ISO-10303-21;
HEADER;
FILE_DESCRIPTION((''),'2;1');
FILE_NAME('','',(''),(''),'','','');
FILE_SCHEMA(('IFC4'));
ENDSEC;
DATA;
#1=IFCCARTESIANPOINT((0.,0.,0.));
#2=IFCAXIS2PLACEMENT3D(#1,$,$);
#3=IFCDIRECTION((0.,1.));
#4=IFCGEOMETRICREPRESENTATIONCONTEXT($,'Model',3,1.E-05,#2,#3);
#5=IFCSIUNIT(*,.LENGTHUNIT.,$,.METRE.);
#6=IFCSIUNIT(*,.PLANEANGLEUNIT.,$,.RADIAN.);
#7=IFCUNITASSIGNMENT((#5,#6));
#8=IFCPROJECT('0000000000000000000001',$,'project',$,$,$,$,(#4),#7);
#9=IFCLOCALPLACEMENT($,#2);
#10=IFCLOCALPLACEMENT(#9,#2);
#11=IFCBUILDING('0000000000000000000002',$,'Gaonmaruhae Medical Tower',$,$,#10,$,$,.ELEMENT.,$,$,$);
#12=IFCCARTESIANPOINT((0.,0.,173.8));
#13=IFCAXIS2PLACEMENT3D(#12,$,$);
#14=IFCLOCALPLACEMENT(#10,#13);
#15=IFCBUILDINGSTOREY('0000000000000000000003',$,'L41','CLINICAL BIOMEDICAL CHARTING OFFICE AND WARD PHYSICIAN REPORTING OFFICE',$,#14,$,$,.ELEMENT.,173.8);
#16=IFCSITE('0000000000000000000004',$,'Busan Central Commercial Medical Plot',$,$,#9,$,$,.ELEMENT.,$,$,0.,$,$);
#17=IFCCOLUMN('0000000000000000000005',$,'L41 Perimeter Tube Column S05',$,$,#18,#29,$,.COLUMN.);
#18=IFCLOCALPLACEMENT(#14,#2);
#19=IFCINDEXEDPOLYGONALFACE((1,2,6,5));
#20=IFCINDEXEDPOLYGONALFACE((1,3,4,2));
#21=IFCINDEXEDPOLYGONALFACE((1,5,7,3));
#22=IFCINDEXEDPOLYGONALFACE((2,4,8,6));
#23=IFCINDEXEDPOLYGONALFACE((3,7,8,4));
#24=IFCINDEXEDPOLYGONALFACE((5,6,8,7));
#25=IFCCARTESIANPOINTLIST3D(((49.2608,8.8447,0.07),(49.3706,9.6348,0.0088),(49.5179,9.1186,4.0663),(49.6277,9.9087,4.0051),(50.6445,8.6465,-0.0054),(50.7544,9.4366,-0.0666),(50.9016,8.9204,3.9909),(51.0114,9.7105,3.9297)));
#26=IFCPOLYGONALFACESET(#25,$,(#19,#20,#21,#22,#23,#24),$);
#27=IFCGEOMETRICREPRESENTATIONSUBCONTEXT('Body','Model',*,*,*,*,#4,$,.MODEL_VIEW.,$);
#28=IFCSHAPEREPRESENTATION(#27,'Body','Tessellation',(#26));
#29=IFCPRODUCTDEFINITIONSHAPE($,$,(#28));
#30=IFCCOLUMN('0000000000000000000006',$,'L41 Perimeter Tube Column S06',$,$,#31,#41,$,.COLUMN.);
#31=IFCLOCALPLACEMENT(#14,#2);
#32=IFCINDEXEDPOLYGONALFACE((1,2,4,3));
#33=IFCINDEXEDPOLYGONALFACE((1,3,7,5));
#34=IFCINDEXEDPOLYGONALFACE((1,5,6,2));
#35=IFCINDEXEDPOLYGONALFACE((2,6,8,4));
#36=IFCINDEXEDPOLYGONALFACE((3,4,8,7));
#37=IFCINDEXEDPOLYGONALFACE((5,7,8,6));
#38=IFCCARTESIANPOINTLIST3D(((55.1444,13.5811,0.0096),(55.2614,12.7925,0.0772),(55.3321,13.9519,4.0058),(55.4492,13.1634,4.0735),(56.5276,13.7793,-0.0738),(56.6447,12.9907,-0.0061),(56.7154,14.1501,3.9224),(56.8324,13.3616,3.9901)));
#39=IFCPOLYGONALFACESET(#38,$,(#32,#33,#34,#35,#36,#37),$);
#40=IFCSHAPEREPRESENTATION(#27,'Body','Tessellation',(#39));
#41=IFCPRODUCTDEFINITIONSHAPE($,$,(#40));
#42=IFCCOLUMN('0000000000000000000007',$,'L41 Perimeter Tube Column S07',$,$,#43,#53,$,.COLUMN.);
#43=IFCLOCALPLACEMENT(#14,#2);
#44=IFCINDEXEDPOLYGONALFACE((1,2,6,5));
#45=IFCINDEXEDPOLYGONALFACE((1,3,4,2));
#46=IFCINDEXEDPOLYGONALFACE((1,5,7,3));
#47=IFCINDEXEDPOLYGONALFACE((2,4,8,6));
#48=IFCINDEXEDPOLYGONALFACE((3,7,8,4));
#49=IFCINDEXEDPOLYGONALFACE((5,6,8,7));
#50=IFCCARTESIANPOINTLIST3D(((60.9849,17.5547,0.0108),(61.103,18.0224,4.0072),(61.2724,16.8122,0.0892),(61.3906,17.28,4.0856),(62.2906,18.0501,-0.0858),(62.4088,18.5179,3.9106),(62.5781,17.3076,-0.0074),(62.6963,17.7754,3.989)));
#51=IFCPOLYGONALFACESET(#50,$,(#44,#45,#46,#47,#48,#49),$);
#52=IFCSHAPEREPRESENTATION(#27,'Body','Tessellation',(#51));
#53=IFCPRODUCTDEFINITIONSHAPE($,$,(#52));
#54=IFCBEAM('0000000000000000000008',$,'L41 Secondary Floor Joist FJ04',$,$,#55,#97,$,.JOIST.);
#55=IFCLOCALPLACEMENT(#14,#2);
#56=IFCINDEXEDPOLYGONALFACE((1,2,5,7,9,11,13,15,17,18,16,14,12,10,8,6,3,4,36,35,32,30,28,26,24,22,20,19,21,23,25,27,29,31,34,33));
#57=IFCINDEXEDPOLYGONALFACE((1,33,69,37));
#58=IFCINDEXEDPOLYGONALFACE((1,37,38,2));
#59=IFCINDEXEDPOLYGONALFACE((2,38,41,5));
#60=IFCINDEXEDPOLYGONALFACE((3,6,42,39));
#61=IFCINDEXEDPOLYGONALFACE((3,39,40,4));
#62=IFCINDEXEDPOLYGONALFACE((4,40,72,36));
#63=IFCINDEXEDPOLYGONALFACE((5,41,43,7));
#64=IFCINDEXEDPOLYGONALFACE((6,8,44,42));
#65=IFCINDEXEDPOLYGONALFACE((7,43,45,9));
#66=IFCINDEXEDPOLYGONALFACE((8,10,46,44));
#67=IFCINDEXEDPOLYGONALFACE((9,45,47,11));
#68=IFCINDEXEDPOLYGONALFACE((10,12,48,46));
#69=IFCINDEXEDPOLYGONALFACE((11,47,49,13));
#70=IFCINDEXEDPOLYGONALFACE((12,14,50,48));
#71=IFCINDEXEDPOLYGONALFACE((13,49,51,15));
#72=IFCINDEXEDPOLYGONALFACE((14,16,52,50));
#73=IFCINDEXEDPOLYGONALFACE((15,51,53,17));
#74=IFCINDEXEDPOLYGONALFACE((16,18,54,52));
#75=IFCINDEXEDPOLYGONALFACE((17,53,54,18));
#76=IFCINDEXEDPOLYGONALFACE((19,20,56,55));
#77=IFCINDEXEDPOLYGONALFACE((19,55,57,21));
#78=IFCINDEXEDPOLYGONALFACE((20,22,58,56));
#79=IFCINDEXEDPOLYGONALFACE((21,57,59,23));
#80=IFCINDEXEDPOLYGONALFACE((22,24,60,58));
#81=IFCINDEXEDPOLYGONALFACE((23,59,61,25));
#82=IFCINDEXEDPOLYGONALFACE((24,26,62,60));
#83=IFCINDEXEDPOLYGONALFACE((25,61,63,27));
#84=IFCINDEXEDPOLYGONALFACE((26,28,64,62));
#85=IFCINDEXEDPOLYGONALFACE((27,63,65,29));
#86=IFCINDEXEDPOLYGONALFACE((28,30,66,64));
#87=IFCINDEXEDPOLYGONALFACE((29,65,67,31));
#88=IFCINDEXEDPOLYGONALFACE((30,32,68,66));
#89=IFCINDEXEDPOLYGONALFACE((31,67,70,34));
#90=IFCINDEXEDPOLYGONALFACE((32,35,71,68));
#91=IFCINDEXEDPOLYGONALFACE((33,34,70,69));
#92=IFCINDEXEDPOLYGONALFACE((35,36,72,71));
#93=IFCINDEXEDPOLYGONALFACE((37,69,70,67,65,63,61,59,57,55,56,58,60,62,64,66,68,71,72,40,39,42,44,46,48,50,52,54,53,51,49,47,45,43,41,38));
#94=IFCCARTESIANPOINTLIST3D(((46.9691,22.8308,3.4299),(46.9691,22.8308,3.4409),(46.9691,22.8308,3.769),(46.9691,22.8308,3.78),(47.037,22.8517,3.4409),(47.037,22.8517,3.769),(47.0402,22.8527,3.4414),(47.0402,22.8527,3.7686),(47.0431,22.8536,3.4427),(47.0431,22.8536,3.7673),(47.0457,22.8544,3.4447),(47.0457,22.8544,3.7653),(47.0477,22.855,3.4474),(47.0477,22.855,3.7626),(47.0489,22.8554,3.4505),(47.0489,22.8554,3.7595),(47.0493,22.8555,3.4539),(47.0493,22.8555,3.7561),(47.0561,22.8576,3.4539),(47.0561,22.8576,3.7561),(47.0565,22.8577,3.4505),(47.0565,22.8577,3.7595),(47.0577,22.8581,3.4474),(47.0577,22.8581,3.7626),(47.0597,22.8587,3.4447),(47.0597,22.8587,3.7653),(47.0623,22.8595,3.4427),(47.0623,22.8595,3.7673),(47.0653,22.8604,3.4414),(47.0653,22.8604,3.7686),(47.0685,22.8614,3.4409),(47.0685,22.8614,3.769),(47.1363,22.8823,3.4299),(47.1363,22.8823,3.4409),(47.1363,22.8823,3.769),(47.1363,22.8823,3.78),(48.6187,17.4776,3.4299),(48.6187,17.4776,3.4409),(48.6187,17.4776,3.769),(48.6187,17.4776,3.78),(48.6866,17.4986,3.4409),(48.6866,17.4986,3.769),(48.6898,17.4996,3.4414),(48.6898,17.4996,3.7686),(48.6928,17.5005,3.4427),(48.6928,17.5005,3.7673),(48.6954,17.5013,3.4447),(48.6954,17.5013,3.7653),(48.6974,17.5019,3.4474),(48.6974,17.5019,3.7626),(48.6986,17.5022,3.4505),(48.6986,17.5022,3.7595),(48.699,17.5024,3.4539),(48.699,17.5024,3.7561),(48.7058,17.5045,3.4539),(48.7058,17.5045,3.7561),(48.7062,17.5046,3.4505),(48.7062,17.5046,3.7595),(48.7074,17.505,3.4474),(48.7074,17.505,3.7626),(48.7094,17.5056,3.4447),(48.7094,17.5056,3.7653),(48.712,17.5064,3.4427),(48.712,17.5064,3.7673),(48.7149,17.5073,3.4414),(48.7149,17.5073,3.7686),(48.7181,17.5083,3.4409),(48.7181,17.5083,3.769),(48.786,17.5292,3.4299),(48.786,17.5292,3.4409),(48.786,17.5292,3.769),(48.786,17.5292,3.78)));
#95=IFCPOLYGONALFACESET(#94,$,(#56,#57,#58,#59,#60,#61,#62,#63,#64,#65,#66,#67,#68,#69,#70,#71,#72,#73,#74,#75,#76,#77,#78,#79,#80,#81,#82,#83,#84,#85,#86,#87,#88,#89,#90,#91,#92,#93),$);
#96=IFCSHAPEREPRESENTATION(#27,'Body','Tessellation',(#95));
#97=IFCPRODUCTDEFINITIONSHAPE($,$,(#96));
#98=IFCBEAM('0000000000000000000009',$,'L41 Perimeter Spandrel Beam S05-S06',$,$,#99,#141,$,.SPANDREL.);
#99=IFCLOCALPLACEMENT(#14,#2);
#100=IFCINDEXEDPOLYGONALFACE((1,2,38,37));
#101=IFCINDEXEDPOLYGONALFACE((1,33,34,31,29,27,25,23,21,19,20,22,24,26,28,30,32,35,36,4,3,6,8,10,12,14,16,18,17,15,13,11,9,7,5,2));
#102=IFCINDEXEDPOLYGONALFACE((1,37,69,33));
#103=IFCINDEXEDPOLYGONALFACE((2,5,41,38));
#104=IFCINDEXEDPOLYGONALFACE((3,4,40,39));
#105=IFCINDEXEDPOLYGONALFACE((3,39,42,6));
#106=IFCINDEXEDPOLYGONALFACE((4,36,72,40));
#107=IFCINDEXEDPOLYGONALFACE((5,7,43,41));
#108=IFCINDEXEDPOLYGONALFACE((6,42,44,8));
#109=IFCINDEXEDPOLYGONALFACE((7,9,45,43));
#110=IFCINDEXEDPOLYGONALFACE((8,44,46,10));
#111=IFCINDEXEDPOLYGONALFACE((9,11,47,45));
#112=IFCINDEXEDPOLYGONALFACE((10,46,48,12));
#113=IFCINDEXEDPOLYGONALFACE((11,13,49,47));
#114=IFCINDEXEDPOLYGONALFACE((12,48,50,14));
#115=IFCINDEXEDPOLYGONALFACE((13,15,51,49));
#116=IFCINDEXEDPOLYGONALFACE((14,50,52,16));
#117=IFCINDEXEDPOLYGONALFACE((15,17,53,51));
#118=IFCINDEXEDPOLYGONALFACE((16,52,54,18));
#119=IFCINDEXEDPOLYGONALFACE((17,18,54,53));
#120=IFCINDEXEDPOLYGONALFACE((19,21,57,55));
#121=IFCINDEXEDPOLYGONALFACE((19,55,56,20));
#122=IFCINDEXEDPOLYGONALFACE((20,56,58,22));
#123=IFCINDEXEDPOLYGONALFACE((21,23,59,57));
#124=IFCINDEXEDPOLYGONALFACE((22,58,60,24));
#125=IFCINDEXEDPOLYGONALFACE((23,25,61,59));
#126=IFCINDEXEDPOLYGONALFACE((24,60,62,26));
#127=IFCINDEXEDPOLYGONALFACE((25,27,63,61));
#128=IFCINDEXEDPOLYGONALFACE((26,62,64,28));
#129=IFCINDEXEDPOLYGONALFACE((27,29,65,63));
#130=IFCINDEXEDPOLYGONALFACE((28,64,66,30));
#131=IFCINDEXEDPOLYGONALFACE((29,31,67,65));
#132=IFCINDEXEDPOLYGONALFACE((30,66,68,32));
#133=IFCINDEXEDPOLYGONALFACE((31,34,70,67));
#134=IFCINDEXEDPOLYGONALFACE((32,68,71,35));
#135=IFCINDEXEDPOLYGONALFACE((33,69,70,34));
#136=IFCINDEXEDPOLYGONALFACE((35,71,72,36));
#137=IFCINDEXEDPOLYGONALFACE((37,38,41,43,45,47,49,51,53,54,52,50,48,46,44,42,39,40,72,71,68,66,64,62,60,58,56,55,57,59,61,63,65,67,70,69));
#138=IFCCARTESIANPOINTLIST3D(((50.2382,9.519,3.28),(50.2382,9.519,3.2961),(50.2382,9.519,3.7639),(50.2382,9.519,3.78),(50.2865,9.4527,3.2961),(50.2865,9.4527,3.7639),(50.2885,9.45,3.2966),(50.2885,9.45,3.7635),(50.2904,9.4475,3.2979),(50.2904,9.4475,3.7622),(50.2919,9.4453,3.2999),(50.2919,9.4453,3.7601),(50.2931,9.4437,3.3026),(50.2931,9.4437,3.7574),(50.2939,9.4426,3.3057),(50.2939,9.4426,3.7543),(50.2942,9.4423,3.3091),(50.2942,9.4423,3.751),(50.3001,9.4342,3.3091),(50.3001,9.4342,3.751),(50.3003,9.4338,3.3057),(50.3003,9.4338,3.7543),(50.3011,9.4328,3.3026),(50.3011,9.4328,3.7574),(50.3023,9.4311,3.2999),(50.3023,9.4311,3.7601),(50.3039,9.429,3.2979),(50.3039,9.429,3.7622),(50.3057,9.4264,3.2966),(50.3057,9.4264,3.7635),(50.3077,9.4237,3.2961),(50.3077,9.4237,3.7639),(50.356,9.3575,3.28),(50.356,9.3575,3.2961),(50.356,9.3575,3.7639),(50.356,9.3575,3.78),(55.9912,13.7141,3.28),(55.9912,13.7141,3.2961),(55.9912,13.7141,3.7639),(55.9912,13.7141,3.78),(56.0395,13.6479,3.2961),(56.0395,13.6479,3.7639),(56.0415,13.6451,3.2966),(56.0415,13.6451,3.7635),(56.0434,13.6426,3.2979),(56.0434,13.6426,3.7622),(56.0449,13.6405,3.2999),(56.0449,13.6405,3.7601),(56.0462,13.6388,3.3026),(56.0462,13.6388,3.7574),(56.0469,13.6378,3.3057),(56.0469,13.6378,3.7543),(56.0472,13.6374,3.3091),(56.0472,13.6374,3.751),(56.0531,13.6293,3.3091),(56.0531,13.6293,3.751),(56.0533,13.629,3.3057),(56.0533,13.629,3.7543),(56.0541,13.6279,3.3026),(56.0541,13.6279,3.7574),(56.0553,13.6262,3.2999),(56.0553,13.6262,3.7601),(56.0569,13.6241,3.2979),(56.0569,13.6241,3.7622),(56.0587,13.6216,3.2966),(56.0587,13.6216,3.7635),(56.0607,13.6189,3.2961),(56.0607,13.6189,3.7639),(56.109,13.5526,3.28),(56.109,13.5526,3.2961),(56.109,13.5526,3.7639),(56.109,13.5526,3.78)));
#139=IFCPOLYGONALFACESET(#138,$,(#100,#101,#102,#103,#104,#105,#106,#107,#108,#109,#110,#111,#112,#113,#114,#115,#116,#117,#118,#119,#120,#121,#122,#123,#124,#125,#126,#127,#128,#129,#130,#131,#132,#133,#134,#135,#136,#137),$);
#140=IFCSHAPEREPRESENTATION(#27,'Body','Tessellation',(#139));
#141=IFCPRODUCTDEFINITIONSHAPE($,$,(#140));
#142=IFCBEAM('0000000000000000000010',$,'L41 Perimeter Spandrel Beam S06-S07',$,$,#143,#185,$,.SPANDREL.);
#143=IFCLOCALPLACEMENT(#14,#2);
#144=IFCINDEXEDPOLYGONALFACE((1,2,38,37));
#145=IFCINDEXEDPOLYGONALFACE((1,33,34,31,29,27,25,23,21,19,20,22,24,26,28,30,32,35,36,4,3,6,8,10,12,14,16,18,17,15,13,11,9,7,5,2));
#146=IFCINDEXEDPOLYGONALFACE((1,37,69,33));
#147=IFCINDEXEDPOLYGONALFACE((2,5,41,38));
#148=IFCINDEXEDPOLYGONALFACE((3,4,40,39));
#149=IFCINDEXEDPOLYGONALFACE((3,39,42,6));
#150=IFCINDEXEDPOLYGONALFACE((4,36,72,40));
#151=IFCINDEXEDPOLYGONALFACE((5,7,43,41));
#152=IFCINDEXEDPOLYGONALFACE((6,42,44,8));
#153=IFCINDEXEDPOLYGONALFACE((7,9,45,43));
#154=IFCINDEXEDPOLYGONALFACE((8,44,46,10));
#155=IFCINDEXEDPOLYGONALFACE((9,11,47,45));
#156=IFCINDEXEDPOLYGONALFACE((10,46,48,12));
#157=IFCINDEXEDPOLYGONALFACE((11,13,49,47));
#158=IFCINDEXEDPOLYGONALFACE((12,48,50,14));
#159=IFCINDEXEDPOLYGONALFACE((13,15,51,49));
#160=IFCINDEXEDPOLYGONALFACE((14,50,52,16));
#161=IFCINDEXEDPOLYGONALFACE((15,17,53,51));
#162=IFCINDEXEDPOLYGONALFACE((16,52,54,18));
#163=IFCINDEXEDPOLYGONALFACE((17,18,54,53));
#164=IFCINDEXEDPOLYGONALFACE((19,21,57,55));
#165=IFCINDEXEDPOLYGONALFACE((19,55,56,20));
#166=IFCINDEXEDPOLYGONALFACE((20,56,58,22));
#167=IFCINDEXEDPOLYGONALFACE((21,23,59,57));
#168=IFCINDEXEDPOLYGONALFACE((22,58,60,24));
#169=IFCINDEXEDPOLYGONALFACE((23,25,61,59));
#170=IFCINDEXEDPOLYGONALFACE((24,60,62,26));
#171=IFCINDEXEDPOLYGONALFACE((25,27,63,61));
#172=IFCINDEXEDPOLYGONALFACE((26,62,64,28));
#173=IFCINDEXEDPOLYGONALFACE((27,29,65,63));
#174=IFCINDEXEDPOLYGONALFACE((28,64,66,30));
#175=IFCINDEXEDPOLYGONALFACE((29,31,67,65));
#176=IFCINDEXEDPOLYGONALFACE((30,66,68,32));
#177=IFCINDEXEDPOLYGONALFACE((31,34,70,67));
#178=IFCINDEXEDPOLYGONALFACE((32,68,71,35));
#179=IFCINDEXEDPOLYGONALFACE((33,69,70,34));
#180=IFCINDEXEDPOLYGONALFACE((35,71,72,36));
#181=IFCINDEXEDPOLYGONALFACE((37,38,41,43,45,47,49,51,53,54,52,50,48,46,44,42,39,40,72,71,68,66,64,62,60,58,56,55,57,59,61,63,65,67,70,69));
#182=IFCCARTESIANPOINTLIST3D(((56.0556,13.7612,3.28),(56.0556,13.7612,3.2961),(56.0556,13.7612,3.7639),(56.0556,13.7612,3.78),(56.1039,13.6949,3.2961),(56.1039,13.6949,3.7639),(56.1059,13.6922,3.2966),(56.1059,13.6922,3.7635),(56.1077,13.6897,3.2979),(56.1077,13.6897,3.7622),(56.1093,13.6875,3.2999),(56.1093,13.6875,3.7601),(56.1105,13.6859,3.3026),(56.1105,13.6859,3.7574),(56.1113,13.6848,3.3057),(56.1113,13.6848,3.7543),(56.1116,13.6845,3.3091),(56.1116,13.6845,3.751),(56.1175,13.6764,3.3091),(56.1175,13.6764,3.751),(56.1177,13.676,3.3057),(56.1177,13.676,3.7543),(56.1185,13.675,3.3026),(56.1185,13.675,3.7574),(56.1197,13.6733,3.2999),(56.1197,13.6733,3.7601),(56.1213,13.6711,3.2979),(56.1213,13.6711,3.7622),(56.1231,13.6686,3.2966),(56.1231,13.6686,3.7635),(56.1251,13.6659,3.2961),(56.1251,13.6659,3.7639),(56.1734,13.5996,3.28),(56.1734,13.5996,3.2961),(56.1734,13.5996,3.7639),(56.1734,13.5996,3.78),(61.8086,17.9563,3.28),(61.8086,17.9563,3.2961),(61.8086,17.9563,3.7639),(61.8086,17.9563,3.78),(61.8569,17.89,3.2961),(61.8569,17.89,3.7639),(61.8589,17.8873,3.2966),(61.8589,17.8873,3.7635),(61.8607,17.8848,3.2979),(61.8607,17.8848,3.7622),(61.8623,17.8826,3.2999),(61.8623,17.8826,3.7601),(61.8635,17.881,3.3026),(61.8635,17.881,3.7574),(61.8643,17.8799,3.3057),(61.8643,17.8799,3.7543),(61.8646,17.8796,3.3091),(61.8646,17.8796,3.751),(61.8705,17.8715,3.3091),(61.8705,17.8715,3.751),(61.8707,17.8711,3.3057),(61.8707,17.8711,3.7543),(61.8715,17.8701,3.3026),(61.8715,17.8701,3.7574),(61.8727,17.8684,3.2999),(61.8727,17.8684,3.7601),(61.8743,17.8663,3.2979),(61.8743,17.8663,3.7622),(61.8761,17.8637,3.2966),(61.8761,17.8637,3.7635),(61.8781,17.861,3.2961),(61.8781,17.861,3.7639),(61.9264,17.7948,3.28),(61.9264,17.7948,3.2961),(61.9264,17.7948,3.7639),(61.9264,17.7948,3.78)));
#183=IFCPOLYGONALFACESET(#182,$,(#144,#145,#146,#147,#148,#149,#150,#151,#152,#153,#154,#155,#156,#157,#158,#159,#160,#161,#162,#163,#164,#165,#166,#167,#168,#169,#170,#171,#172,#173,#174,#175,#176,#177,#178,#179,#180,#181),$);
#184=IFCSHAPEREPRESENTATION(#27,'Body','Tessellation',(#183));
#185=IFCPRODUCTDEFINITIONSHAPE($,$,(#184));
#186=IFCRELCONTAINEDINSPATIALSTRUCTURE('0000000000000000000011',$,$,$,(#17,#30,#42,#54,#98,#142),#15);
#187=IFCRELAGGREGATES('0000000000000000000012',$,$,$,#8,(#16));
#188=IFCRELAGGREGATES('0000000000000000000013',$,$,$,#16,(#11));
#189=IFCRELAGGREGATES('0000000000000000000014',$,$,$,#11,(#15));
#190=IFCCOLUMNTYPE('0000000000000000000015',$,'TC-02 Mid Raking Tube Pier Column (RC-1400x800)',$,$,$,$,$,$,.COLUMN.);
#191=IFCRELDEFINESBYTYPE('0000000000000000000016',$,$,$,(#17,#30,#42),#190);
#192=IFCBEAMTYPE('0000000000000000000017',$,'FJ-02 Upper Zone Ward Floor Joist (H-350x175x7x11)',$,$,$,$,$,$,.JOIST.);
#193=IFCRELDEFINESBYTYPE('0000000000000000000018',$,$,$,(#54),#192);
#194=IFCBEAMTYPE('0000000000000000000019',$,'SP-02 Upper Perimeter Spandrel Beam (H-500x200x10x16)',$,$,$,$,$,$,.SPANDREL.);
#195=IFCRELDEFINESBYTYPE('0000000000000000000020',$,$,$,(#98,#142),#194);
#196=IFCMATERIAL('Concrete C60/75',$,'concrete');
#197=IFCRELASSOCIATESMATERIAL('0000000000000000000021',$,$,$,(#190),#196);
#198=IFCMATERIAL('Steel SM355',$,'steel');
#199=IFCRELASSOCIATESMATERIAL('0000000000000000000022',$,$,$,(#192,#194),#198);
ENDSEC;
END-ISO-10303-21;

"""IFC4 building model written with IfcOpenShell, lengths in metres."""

from ifc_helpers import new_model, si_unit, direction, frame, origin, origin_2d, place, context, subcontext, project, spatial, rectangle, i_section, extrude, material, material_profile, profile_set, type_object, element, save


model = new_model("IFC4")

# Units and contexts
model_context = context("Model", 3, precision=1e-05, world=origin(), true_north=direction((0.0, 1.0)))
body_context = subcontext(model_context, "Body", "Model", "MODEL_VIEW")
ifc_project = project(units=[si_unit("LENGTHUNIT", "METRE"), si_unit("PLANEANGLEUNIT", "RADIAN")], contexts=[model_context])

# Site, building, storey
site_placement = place(None, origin())
site = spatial("IfcSite", under=ifc_project, at=site_placement, Name="Busan Central Commercial Medical Plot", CompositionType="ELEMENT", RefElevation=0.0)
building_placement = place(site_placement, origin())
building = spatial("IfcBuilding", under=site, at=building_placement, Name="Gaonmaruhae Medical Tower", CompositionType="ELEMENT")
storey_placement = place(building_placement, frame((0.0, 0.0, 173.8)))
storey = spatial("IfcBuildingStorey", under=building, at=storey_placement, Name="L41", Description="CLINICAL BIOMEDICAL CHARTING OFFICE AND WARD PHYSICIAN REPORTING OFFICE", CompositionType="ELEMENT", Elevation=173.8)

# Columns
ifc_material_1 = material(Name="Concrete C60/75", Category="concrete")
ifc_material_profile_1 = material_profile(ifc_material_1, rectangle(XDim=1.3999, YDim=0.8, at=origin_2d()), Name="RC-1400x800")
ifc_profile_set_1 = profile_set([ifc_material_profile_1], Name="Concrete C60/75")
column_type = type_object("IfcColumnType", Name="TC-02 Mid Raking Tube Pier Column (RC-1400x800)", PredefinedType="COLUMN", material=ifc_profile_set_1)
column_1_placement = place(storey_placement, frame((50.0076, 9.1406, 0.0017), z_axis=(0.064047, 0.068243, 0.995611), x_axis=(-0.988459, 0.141585, 0.053882)))
element("IfcColumn", 1, at=column_1_placement, inside=storey, type_object=column_type, Name="L41 Perimeter Tube Column S05", PredefinedType="COLUMN", context=body_context, shape_type="SweptSolid", body=[
    extrude(rectangle(XDim=1.3999, YDim=0.8, at=origin_2d()), origin(), (0.0, 0.0, 1.0), 4.0139),
])
column_2_placement = place(storey_placement, frame((55.8945, 13.2859, 0.0017), z_axis=(0.046727, 0.092299, 0.994634), x_axis=(-0.988133, -0.141583, 0.05956)))
element("IfcColumn", 2, at=column_2_placement, inside=storey, type_object=column_type, Name="L41 Perimeter Tube Column S06", PredefinedType="COLUMN", context=body_context, shape_type="SweptSolid", body=[
    extrude(rectangle(XDim=1.3999, YDim=0.8, at=origin_2d()), origin(), (0.0, 0.0, 1.0), 4.0178),
])
column_3_placement = place(storey_placement, frame((61.7815, 17.4312, 0.0017), z_axis=(0.029355, 0.116207, 0.992791), x_axis=(-0.932732, -0.353906, 0.069004)))
element("IfcColumn", 3, at=column_3_placement, inside=storey, type_object=column_type, Name="L41 Perimeter Tube Column S07", PredefinedType="COLUMN", context=body_context, shape_type="SweptSolid", body=[
    extrude(rectangle(XDim=1.3999, YDim=0.8, at=origin_2d()), origin(), (0.0, 0.0, 1.0), 4.0254),
])

# Beams
ifc_material_2 = material(Name="Steel SM355", Category="steel")
ifc_material_profile_2 = material_profile(ifc_material_2, i_section(OverallWidth=0.175, OverallDepth=0.3501, WebThickness=0.0071, FlangeThickness=0.011, FilletRadius=0.0129, at=origin_2d()), Name="H-350x175x7x11")
ifc_profile_set_2 = profile_set([ifc_material_profile_2], Name="Steel SM355")
beam_type_1 = type_object("IfcBeamType", Name="FJ-02 Upper Zone Ward Floor Joist (H-350x175x7x11)", PredefinedType="JOIST", material=ifc_profile_set_2)
beam_1_placement = place(storey_placement, frame((48.7024, 17.5034, 3.605), z_axis=(-0.294505, 0.95565, 0.0), x_axis=(-0.95565, -0.294505, 0.0)))
element("IfcBeam", 4, at=beam_1_placement, inside=storey, type_object=beam_type_1, Name="L41 Secondary Floor Joist FJ04", PredefinedType="JOIST", context=body_context, shape_type="SweptSolid", body=[
    extrude(i_section(OverallWidth=0.175, OverallDepth=0.3501, WebThickness=0.0071, FlangeThickness=0.011, FilletRadius=0.0129, at=origin_2d()), origin(), (0.0, 0.0, 1.0), 5.6016),
])
ifc_material_profile_3 = material_profile(ifc_material_2, i_section(OverallWidth=0.2, OverallDepth=0.5, WebThickness=0.01, FlangeThickness=0.0161, FilletRadius=0.0129, at=origin_2d()), Name="H-500x200x10x16")
ifc_profile_set_3 = profile_set([ifc_material_profile_3], Name="Steel SM355")
beam_type_2 = type_object("IfcBeamType", Name="SP-02 Upper Perimeter Spandrel Beam (H-500x200x10x16)", PredefinedType="SPANDREL", material=ifc_profile_set_3)
for number, where, z_axis, x_axis, name in (
    (5, (50.2971, 9.4382, 3.53), (0.807993, 0.589193, 0.0), (-0.589193, 0.807993, 0.0), "L41 Perimeter Spandrel Beam S05-S06"),
    (6, (56.1145, 13.6804, 3.53), (0.807993, 0.589193, 0.0), (-0.589193, 0.807993, 0.0), "L41 Perimeter Spandrel Beam S06-S07"),
):
    element("IfcBeam", number, at=place(storey_placement, frame(where, z_axis=z_axis, x_axis=x_axis)), inside=storey, type_object=beam_type_2, Name=name, PredefinedType="SPANDREL", context=body_context, shape_type="SweptSolid", body=[
        extrude(i_section(OverallWidth=0.2, OverallDepth=0.5, WebThickness=0.01, FlangeThickness=0.0161, FilletRadius=0.0129, at=origin_2d()), origin(), (0.0, 0.0, 1.0), 7.1201),
    ])

save(model, "model.ifc")
